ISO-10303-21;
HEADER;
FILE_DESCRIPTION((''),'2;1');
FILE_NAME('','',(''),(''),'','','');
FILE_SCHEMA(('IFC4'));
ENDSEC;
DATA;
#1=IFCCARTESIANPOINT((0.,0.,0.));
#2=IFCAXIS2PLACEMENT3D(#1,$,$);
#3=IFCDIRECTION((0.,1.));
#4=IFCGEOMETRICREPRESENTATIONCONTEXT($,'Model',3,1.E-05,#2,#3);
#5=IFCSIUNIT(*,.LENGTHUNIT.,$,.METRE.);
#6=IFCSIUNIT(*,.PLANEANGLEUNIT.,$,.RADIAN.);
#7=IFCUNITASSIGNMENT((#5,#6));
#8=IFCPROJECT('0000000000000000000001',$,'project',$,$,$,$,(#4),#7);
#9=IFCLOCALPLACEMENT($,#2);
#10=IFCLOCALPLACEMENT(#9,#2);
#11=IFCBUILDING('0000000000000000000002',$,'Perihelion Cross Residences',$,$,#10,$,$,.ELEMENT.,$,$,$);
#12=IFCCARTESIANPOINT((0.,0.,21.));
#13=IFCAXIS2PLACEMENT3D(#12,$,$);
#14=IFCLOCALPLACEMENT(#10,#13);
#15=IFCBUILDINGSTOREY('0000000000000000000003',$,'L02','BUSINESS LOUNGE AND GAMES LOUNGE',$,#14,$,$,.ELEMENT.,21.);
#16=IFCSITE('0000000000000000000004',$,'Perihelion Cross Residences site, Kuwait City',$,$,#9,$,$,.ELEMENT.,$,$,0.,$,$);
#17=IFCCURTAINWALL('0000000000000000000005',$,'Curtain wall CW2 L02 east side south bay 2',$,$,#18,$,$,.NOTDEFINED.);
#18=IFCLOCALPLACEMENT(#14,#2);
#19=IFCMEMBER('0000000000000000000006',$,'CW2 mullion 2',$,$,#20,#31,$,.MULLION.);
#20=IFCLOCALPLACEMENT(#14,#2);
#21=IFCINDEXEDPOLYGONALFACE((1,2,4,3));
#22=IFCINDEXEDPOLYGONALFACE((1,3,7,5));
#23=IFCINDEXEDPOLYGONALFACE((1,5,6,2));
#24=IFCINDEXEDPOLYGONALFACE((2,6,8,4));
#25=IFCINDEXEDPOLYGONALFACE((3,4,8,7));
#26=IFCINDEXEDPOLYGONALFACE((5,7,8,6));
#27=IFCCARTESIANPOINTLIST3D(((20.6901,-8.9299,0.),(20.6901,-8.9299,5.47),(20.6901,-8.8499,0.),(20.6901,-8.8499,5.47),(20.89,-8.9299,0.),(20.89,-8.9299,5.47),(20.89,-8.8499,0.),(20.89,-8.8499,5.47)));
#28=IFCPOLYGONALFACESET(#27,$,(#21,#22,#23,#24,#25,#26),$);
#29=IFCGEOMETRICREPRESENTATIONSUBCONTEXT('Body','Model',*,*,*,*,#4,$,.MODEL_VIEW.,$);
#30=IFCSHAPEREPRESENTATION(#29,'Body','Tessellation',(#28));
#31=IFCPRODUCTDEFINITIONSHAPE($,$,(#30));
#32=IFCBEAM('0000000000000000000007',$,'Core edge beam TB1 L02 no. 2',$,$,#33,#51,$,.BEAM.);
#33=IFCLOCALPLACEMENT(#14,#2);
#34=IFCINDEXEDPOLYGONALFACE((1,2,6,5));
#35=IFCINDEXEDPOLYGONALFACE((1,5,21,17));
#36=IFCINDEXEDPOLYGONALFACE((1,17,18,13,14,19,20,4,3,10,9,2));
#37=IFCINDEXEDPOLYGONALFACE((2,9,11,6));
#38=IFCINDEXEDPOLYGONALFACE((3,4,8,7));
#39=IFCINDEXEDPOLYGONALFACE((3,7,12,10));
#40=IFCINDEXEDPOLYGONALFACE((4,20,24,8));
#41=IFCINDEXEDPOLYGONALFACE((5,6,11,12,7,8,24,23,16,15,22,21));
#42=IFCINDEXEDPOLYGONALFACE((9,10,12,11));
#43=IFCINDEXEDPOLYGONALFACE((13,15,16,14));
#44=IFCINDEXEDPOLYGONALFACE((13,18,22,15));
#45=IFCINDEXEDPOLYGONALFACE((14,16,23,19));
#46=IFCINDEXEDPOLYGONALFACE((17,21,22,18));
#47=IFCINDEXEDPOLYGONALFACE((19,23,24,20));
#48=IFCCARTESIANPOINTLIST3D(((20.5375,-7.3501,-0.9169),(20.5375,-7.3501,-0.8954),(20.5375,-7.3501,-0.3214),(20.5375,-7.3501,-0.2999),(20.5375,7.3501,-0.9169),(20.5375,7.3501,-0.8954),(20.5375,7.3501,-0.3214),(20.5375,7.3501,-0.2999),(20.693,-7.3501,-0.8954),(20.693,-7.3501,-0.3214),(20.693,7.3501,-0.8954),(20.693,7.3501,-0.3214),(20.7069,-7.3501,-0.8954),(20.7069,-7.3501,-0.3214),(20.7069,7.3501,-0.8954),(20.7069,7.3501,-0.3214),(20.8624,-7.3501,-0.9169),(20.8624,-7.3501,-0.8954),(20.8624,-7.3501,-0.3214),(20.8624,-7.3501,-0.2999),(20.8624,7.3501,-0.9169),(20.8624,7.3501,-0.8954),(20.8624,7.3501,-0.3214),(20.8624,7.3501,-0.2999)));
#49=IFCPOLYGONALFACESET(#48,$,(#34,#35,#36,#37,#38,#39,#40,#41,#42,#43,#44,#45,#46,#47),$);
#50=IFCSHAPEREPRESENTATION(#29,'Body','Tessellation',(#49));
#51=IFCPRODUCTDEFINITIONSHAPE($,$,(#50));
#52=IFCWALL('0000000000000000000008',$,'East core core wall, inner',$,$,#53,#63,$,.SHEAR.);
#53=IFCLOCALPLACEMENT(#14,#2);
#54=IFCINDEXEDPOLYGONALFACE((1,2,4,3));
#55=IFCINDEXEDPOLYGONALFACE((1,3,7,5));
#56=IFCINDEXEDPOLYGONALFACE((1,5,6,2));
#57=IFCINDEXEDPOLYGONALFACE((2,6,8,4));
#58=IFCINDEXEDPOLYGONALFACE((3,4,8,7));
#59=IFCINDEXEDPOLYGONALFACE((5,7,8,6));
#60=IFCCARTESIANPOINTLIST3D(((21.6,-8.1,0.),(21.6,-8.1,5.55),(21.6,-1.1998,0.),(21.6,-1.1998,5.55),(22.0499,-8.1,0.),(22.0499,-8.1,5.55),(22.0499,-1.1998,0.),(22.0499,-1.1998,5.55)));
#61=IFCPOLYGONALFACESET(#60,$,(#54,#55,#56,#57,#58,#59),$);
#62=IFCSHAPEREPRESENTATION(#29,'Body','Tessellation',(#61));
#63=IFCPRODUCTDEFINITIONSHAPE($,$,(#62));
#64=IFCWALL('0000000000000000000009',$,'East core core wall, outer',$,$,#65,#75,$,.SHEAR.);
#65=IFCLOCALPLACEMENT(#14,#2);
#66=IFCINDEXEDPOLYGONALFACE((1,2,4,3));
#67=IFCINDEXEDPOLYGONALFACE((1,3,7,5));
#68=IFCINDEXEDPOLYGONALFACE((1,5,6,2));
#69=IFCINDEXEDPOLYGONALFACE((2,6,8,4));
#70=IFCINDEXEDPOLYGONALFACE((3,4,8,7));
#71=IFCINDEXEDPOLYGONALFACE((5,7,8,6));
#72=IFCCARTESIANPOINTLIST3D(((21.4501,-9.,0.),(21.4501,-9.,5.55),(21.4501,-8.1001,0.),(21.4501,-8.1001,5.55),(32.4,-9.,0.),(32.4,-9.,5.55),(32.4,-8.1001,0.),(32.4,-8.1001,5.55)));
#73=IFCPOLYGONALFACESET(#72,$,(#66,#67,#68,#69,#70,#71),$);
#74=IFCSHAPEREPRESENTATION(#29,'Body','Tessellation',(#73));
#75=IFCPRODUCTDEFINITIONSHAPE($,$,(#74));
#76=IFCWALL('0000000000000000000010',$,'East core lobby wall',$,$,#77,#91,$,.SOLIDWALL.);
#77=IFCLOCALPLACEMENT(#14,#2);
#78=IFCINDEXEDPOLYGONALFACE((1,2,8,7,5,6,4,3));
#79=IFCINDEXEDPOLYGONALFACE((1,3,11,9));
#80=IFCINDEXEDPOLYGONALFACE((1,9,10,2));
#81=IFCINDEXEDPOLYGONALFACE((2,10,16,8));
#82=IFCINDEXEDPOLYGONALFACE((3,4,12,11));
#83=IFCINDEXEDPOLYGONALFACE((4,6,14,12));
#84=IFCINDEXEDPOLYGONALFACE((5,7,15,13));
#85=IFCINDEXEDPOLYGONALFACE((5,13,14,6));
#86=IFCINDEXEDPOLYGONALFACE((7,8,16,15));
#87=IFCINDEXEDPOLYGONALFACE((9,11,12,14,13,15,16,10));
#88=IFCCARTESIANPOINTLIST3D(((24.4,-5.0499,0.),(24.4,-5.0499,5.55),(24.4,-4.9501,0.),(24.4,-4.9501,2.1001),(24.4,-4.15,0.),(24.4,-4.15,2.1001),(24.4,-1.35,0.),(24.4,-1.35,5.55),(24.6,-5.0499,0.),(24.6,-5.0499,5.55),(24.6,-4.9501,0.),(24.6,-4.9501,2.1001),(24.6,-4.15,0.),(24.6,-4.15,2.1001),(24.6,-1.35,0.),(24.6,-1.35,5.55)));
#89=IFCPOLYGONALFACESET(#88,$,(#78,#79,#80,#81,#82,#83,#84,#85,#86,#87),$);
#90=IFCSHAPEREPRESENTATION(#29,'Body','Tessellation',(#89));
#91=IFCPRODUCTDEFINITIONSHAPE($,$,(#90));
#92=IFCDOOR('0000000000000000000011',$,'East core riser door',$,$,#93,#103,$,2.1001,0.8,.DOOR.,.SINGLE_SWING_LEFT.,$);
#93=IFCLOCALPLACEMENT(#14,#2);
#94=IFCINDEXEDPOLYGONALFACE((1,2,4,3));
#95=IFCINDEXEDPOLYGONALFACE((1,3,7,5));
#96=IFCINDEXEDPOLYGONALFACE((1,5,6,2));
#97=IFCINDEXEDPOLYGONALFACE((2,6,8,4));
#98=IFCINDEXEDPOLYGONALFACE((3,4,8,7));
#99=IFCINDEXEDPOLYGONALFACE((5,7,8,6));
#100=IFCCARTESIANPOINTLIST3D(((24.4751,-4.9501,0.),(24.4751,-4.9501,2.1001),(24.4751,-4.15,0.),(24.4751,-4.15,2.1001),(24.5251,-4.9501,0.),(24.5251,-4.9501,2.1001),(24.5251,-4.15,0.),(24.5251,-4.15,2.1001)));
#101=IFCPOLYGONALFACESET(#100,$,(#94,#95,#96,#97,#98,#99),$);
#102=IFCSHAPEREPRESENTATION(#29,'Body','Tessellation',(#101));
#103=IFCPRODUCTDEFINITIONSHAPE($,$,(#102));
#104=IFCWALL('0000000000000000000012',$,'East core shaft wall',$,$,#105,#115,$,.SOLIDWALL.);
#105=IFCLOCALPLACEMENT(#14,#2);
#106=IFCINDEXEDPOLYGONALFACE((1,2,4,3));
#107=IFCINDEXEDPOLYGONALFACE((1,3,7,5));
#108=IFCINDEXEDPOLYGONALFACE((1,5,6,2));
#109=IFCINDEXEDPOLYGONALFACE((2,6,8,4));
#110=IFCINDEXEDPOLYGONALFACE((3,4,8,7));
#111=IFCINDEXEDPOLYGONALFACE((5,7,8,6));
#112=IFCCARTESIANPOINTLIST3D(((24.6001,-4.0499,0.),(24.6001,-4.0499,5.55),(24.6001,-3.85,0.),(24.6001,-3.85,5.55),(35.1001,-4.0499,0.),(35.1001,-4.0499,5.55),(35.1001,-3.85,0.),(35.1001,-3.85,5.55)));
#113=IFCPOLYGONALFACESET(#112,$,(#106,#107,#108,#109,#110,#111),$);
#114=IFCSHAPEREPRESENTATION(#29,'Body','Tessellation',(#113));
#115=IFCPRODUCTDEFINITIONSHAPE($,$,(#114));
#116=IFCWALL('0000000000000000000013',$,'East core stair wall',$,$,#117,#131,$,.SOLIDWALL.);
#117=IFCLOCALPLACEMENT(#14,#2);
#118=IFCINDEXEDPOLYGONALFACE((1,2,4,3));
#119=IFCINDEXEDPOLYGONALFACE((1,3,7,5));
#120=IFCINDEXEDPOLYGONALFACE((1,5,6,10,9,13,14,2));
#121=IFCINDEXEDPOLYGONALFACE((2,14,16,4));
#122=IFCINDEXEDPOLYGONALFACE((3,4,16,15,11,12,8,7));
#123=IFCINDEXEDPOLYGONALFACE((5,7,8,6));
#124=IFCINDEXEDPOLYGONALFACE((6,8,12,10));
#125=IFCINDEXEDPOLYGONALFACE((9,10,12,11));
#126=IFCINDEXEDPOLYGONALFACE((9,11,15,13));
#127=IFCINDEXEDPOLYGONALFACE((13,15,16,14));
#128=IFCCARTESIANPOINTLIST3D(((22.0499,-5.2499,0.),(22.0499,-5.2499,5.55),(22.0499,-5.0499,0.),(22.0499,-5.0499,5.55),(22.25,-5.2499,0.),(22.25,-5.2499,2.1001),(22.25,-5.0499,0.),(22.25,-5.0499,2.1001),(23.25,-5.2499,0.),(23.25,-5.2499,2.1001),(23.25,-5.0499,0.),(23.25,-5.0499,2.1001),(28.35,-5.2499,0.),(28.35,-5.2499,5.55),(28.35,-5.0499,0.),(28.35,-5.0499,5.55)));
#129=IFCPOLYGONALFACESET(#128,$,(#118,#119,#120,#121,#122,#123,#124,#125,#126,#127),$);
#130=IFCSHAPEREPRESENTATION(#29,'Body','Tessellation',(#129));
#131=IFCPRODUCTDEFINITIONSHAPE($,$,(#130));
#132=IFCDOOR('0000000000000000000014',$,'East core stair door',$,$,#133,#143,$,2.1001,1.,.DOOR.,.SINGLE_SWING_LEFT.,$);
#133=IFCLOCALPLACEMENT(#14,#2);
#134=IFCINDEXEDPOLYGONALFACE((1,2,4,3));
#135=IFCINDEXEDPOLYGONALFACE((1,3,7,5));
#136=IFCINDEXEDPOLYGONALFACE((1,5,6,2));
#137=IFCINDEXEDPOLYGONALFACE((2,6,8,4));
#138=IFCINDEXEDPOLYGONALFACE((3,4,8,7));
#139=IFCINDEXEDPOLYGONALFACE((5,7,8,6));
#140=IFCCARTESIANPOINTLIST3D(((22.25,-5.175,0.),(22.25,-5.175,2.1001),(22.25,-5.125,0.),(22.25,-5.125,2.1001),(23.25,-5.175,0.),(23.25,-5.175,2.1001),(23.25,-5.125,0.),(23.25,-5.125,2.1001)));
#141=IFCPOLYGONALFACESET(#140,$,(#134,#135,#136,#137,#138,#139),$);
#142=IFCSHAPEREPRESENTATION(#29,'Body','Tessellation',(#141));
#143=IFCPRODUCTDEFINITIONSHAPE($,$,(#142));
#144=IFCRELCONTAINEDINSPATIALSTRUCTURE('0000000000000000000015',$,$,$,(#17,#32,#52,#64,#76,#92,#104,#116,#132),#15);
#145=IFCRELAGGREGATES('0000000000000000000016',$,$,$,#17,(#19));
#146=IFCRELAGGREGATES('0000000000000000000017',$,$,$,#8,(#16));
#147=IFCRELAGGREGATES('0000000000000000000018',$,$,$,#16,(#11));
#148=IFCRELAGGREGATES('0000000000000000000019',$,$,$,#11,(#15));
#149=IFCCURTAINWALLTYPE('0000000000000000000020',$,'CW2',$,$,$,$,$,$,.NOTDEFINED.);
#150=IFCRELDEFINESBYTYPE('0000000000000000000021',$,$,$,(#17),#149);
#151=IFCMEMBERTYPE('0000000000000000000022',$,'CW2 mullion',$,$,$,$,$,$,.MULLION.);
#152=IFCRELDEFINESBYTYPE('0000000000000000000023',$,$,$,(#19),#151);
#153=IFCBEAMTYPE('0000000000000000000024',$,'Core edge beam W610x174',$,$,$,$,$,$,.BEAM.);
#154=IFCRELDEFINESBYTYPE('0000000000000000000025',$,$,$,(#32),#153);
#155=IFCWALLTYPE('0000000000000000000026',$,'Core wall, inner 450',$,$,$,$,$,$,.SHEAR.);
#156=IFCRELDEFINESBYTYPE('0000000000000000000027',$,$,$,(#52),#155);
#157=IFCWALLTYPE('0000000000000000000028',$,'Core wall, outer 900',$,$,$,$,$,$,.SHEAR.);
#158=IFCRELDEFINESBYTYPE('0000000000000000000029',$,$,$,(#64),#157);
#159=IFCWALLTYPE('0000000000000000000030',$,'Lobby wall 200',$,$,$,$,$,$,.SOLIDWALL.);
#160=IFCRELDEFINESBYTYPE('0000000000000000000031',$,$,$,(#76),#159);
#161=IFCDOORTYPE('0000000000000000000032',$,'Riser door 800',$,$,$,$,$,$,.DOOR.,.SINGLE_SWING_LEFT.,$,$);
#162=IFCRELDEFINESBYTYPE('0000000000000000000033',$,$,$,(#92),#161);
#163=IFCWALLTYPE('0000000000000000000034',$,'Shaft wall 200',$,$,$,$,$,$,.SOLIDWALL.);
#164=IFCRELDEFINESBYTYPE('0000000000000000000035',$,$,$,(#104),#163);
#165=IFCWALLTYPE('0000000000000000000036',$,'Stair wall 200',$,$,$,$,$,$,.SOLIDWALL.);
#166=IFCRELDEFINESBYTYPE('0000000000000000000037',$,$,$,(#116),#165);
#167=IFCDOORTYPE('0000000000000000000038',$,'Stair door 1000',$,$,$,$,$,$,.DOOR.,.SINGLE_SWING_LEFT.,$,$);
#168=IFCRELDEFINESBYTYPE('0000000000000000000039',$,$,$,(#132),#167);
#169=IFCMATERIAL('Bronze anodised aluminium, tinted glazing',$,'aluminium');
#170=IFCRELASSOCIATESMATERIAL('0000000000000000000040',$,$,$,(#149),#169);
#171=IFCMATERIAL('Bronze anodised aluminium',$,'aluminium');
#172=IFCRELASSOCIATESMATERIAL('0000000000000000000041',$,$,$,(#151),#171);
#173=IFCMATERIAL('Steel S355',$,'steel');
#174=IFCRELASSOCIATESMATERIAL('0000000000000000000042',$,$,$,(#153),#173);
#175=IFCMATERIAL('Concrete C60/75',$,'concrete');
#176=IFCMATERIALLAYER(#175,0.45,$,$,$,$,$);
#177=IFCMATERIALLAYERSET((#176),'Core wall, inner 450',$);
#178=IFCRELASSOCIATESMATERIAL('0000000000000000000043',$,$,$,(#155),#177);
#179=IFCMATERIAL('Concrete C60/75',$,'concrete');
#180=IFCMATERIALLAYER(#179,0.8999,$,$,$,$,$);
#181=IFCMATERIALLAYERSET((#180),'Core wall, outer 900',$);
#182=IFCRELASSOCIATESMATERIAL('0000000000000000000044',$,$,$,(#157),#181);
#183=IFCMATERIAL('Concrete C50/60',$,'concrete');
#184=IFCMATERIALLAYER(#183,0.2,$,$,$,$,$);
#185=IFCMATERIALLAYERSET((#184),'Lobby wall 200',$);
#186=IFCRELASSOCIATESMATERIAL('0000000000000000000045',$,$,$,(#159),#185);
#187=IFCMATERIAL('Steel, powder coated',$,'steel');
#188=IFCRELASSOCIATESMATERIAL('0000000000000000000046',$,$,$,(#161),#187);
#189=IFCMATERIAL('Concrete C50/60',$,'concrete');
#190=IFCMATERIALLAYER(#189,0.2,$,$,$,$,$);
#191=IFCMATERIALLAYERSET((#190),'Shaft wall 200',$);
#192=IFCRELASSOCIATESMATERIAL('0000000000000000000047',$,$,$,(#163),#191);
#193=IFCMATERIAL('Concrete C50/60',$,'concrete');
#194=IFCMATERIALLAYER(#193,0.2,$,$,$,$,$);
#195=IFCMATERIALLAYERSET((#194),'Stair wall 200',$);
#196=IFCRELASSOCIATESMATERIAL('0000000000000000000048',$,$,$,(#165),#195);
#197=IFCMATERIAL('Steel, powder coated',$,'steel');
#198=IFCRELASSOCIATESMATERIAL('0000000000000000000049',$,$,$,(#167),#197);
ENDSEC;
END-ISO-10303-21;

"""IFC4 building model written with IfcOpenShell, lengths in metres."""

from ifc_helpers import new_model, si_unit, direction, frame, frame_2d, origin, origin_2d, place, context, subcontext, project, spatial, rectangle, i_section, extrude, material, layer, layer_set, material_profile, profile_set, type_object, element, fill, aggregate, save


model = new_model("IFC4")

# Units and contexts
model_context = context("Model", 3, precision=1e-05, world=origin(), true_north=direction((0.0, 1.0)))
body_context = subcontext(model_context, "Body", "Model", "MODEL_VIEW")
ifc_project = project(units=[si_unit("LENGTHUNIT", "METRE"), si_unit("PLANEANGLEUNIT", "RADIAN")], contexts=[model_context])

# Site, building, storey
site_placement = place(None, origin())
site = spatial("IfcSite", under=ifc_project, at=site_placement, Name="Perihelion Cross Residences site, Kuwait City", CompositionType="ELEMENT", RefElevation=0.0)
building_placement = place(site_placement, origin())
building = spatial("IfcBuilding", under=site, at=building_placement, Name="Perihelion Cross Residences", CompositionType="ELEMENT")
storey_placement = place(building_placement, frame((0.0, 0.0, 21.0)))
storey = spatial("IfcBuildingStorey", under=building, at=storey_placement, Name="L02", Description="BUSINESS LOUNGE AND GAMES LOUNGE", CompositionType="ELEMENT", Elevation=21.0)

# Curtain wall, member
ifc_material_1 = material(Name="Bronze anodised aluminium, tinted glazing", Category="aluminium")
curtain_wall_type = type_object("IfcCurtainWallType", Name="CW2", PredefinedType="NOTDEFINED", material=ifc_material_1)
curtain_wall_placement = place(storey_placement, origin())
curtain_wall = element("IfcCurtainWall", 1, at=curtain_wall_placement, inside=storey, type_object=curtain_wall_type, Name="Curtain wall CW2 L02 east side south bay 2", PredefinedType="NOTDEFINED")
ifc_material_2 = material(Name="Bronze anodised aluminium", Category="aluminium")
ifc_material_profile_1 = material_profile(ifc_material_2, rectangle(XDim=0.0801, YDim=0.2, at=origin_2d()), Name="CW2 mullion")
ifc_profile_set_1 = profile_set([ifc_material_profile_1], Name="Bronze anodised aluminium")
member_type = type_object("IfcMemberType", Name="CW2 mullion", PredefinedType="MULLION", material=ifc_profile_set_1)
member_placement = place(storey_placement, frame((20.79, -8.8899, 0.0), z_axis=(0.0, 0.0, 1.0), x_axis=(0.0, 1.0, 0.0)))
member = element("IfcMember", 2, at=member_placement, type_object=member_type, Name="CW2 mullion 2", PredefinedType="MULLION", context=body_context, shape_type="SweptSolid", body=[
    extrude(rectangle(XDim=0.0801, YDim=0.2, at=origin_2d()), origin(), (0.0, 0.0, 1.0), 5.47),
])
aggregate(curtain_wall, [member])

# Beam
ifc_material_3 = material(Name="Steel S355", Category="steel")
ifc_material_profile_2 = material_profile(ifc_material_3, i_section(OverallWidth=0.325, OverallDepth=0.6169, WebThickness=0.0139, FlangeThickness=0.0215, at=origin_2d()), Name="W610x174")
ifc_profile_set_2 = profile_set([ifc_material_profile_2], Name="Steel S355")
beam_type = type_object("IfcBeamType", Name="Core edge beam W610x174", PredefinedType="BEAM", material=ifc_profile_set_2)
beam_placement = place(storey_placement, frame((20.7, -7.3501, -0.6084), z_axis=(0.0, 1.0, 0.0), x_axis=(-1.0, 0.0, 0.0)))
element("IfcBeam", 3, at=beam_placement, inside=storey, type_object=beam_type, Name="Core edge beam TB1 L02 no. 2", PredefinedType="BEAM", context=body_context, shape_type="SweptSolid", body=[
    extrude(i_section(OverallWidth=0.325, OverallDepth=0.6169, WebThickness=0.0139, FlangeThickness=0.0215, at=origin_2d()), origin(), (0.0, 0.0, 1.0), 14.7002),
])

# Walls
ifc_material_4 = material(Name="Concrete C60/75", Category="concrete")
ifc_layer_1 = layer(ifc_material_4, 0.45)
ifc_layer_set_1 = layer_set([ifc_layer_1], Name="Core wall, inner 450")
wall_type_1 = type_object("IfcWallType", Name="Core wall, inner 450", PredefinedType="SHEAR", material=ifc_layer_set_1)
wall_1_placement = place(storey_placement, frame((21.825, -8.1001, 0.0), z_axis=(0.0, 0.0, 1.0), x_axis=(0.0, 1.0, 0.0)))
element("IfcWall", 4, at=wall_1_placement, inside=storey, type_object=wall_type_1, Name="East core core wall, inner", PredefinedType="SHEAR", context=body_context, shape_type="SweptSolid", body=[
    extrude(rectangle(XDim=6.9001, YDim=0.45, at=frame_2d((3.4502, 0.0))), origin(), (0.0, 0.0, 1.0), 5.55),
])
ifc_material_5 = material(Name="Concrete C60/75", Category="concrete")
ifc_layer_2 = layer(ifc_material_5, 0.8999)
ifc_layer_set_2 = layer_set([ifc_layer_2], Name="Core wall, outer 900")
wall_type_2 = type_object("IfcWallType", Name="Core wall, outer 900", PredefinedType="SHEAR", material=ifc_layer_set_2)
wall_2_placement = place(storey_placement, frame((21.45, -8.55, 0.0), z_axis=(0.0, 0.0, 1.0), x_axis=(1.0, 0.0, 0.0)))
element("IfcWall", 5, at=wall_2_placement, inside=storey, type_object=wall_type_2, Name="East core core wall, outer", PredefinedType="SHEAR", context=body_context, shape_type="SweptSolid", body=[
    extrude(rectangle(XDim=10.95, YDim=0.8999, at=frame_2d((5.4751, 0.0))), origin(), (0.0, 0.0, 1.0), 5.55),
])

# Wall, opening, door
ifc_material_6 = material(Name="Concrete C50/60", Category="concrete")
ifc_layer_3 = layer(ifc_material_6, 0.2)
ifc_layer_set_3 = layer_set([ifc_layer_3], Name="Lobby wall 200")
wall_type_3 = type_object("IfcWallType", Name="Lobby wall 200", PredefinedType="SOLIDWALL", material=ifc_layer_set_3)
wall_3_placement = place(storey_placement, frame((24.5, -5.05, 0.0), z_axis=(0.0, 0.0, 1.0), x_axis=(0.0, 1.0, 0.0)))
wall_3 = element("IfcWall", 6, at=wall_3_placement, inside=storey, type_object=wall_type_3, Name="East core lobby wall", PredefinedType="SOLIDWALL", context=body_context, shape_type="SweptSolid", body=[
    extrude(rectangle(XDim=3.7, YDim=0.2, at=frame_2d((1.8501, 0.0))), origin(), (0.0, 0.0, 1.0), 5.55),
])
opening_1_placement = place(wall_3_placement, frame((0.1001, 0.0, 0.0)))
opening_1 = element("IfcOpeningElement", 7, at=opening_1_placement, cuts=wall_3, PredefinedType="OPENING", context=body_context, shape_type="SweptSolid", body=[
    extrude(rectangle(XDim=0.8, YDim=2.1001, at=frame_2d((0.3999, 1.05))), frame((0.0, 0.1099, 0.0), z_axis=(0.0, -1.0, 0.0), x_axis=(1.0, 0.0, 0.0)), (0.0, 0.0, 1.0), 0.22),
])
ifc_material_7 = material(Name="Steel, powder coated", Category="steel")
door_type_1 = type_object("IfcDoorType", Name="Riser door 800", OperationType="SINGLE_SWING_LEFT", PredefinedType="DOOR", material=ifc_material_7)
door_1_placement = place(opening_1_placement, origin())
door_1 = element("IfcDoor", 8, at=door_1_placement, inside=storey, type_object=door_type_1, Name="East core riser door", OperationType="SINGLE_SWING_LEFT", OverallHeight=2.1001, OverallWidth=0.8, PredefinedType="DOOR", context=body_context, shape_type="SweptSolid", body=[
    extrude(rectangle(XDim=0.8, YDim=2.1001, at=frame_2d((0.3999, 1.05))), frame((0.0, 0.0249, 0.0), z_axis=(0.0, -1.0, 0.0), x_axis=(1.0, 0.0, 0.0)), (0.0, 0.0, 1.0), 0.05),
])
fill(opening_1, door_1)

# Wall
ifc_material_8 = material(Name="Concrete C50/60", Category="concrete")
ifc_layer_4 = layer(ifc_material_8, 0.2)
ifc_layer_set_4 = layer_set([ifc_layer_4], Name="Shaft wall 200")
wall_type_4 = type_object("IfcWallType", Name="Shaft wall 200", PredefinedType="SOLIDWALL", material=ifc_layer_set_4)
wall_4_placement = place(storey_placement, frame((24.6001, -3.95, 0.0), z_axis=(0.0, 0.0, 1.0), x_axis=(1.0, 0.0, 0.0)))
element("IfcWall", 9, at=wall_4_placement, inside=storey, type_object=wall_type_4, Name="East core shaft wall", PredefinedType="SOLIDWALL", context=body_context, shape_type="SweptSolid", body=[
    extrude(rectangle(XDim=10.5, YDim=0.2, at=frame_2d((5.25, 0.0))), origin(), (0.0, 0.0, 1.0), 5.55),
])

# Wall, opening, door
ifc_material_9 = material(Name="Concrete C50/60", Category="concrete")
ifc_layer_5 = layer(ifc_material_9, 0.2)
ifc_layer_set_5 = layer_set([ifc_layer_5], Name="Stair wall 200")
wall_type_5 = type_object("IfcWallType", Name="Stair wall 200", PredefinedType="SOLIDWALL", material=ifc_layer_set_5)
wall_5_placement = place(storey_placement, frame((22.05, -5.1499, 0.0), z_axis=(0.0, 0.0, 1.0), x_axis=(1.0, 0.0, 0.0)))
wall_5 = element("IfcWall", 10, at=wall_5_placement, inside=storey, type_object=wall_type_5, Name="East core stair wall", PredefinedType="SOLIDWALL", context=body_context, shape_type="SweptSolid", body=[
    extrude(rectangle(XDim=6.3, YDim=0.2, at=frame_2d((3.1499, 0.0))), origin(), (0.0, 0.0, 1.0), 5.55),
])
opening_2_placement = place(wall_5_placement, frame((0.2, 0.0, 0.0)))
opening_2 = element("IfcOpeningElement", 11, at=opening_2_placement, cuts=wall_5, PredefinedType="OPENING", context=body_context, shape_type="SweptSolid", body=[
    extrude(rectangle(XDim=1.0, YDim=2.1001, at=frame_2d((0.5, 1.05))), frame((0.0, 0.1099, 0.0), z_axis=(0.0, -1.0, 0.0), x_axis=(1.0, 0.0, 0.0)), (0.0, 0.0, 1.0), 0.22),
])
ifc_material_10 = material(Name="Steel, powder coated", Category="steel")
door_type_2 = type_object("IfcDoorType", Name="Stair door 1000", OperationType="SINGLE_SWING_LEFT", PredefinedType="DOOR", material=ifc_material_10)
door_2_placement = place(opening_2_placement, origin())
door_2 = element("IfcDoor", 12, at=door_2_placement, inside=storey, type_object=door_type_2, Name="East core stair door", OperationType="SINGLE_SWING_LEFT", OverallHeight=2.1001, OverallWidth=1.0, PredefinedType="DOOR", context=body_context, shape_type="SweptSolid", body=[
    extrude(rectangle(XDim=1.0, YDim=2.1001, at=frame_2d((0.5, 1.05))), frame((0.0, 0.0249, 0.0), z_axis=(0.0, -1.0, 0.0), x_axis=(1.0, 0.0, 0.0)), (0.0, 0.0, 1.0), 0.05),
])
fill(opening_2, door_2)

save(model, "model.ifc")
